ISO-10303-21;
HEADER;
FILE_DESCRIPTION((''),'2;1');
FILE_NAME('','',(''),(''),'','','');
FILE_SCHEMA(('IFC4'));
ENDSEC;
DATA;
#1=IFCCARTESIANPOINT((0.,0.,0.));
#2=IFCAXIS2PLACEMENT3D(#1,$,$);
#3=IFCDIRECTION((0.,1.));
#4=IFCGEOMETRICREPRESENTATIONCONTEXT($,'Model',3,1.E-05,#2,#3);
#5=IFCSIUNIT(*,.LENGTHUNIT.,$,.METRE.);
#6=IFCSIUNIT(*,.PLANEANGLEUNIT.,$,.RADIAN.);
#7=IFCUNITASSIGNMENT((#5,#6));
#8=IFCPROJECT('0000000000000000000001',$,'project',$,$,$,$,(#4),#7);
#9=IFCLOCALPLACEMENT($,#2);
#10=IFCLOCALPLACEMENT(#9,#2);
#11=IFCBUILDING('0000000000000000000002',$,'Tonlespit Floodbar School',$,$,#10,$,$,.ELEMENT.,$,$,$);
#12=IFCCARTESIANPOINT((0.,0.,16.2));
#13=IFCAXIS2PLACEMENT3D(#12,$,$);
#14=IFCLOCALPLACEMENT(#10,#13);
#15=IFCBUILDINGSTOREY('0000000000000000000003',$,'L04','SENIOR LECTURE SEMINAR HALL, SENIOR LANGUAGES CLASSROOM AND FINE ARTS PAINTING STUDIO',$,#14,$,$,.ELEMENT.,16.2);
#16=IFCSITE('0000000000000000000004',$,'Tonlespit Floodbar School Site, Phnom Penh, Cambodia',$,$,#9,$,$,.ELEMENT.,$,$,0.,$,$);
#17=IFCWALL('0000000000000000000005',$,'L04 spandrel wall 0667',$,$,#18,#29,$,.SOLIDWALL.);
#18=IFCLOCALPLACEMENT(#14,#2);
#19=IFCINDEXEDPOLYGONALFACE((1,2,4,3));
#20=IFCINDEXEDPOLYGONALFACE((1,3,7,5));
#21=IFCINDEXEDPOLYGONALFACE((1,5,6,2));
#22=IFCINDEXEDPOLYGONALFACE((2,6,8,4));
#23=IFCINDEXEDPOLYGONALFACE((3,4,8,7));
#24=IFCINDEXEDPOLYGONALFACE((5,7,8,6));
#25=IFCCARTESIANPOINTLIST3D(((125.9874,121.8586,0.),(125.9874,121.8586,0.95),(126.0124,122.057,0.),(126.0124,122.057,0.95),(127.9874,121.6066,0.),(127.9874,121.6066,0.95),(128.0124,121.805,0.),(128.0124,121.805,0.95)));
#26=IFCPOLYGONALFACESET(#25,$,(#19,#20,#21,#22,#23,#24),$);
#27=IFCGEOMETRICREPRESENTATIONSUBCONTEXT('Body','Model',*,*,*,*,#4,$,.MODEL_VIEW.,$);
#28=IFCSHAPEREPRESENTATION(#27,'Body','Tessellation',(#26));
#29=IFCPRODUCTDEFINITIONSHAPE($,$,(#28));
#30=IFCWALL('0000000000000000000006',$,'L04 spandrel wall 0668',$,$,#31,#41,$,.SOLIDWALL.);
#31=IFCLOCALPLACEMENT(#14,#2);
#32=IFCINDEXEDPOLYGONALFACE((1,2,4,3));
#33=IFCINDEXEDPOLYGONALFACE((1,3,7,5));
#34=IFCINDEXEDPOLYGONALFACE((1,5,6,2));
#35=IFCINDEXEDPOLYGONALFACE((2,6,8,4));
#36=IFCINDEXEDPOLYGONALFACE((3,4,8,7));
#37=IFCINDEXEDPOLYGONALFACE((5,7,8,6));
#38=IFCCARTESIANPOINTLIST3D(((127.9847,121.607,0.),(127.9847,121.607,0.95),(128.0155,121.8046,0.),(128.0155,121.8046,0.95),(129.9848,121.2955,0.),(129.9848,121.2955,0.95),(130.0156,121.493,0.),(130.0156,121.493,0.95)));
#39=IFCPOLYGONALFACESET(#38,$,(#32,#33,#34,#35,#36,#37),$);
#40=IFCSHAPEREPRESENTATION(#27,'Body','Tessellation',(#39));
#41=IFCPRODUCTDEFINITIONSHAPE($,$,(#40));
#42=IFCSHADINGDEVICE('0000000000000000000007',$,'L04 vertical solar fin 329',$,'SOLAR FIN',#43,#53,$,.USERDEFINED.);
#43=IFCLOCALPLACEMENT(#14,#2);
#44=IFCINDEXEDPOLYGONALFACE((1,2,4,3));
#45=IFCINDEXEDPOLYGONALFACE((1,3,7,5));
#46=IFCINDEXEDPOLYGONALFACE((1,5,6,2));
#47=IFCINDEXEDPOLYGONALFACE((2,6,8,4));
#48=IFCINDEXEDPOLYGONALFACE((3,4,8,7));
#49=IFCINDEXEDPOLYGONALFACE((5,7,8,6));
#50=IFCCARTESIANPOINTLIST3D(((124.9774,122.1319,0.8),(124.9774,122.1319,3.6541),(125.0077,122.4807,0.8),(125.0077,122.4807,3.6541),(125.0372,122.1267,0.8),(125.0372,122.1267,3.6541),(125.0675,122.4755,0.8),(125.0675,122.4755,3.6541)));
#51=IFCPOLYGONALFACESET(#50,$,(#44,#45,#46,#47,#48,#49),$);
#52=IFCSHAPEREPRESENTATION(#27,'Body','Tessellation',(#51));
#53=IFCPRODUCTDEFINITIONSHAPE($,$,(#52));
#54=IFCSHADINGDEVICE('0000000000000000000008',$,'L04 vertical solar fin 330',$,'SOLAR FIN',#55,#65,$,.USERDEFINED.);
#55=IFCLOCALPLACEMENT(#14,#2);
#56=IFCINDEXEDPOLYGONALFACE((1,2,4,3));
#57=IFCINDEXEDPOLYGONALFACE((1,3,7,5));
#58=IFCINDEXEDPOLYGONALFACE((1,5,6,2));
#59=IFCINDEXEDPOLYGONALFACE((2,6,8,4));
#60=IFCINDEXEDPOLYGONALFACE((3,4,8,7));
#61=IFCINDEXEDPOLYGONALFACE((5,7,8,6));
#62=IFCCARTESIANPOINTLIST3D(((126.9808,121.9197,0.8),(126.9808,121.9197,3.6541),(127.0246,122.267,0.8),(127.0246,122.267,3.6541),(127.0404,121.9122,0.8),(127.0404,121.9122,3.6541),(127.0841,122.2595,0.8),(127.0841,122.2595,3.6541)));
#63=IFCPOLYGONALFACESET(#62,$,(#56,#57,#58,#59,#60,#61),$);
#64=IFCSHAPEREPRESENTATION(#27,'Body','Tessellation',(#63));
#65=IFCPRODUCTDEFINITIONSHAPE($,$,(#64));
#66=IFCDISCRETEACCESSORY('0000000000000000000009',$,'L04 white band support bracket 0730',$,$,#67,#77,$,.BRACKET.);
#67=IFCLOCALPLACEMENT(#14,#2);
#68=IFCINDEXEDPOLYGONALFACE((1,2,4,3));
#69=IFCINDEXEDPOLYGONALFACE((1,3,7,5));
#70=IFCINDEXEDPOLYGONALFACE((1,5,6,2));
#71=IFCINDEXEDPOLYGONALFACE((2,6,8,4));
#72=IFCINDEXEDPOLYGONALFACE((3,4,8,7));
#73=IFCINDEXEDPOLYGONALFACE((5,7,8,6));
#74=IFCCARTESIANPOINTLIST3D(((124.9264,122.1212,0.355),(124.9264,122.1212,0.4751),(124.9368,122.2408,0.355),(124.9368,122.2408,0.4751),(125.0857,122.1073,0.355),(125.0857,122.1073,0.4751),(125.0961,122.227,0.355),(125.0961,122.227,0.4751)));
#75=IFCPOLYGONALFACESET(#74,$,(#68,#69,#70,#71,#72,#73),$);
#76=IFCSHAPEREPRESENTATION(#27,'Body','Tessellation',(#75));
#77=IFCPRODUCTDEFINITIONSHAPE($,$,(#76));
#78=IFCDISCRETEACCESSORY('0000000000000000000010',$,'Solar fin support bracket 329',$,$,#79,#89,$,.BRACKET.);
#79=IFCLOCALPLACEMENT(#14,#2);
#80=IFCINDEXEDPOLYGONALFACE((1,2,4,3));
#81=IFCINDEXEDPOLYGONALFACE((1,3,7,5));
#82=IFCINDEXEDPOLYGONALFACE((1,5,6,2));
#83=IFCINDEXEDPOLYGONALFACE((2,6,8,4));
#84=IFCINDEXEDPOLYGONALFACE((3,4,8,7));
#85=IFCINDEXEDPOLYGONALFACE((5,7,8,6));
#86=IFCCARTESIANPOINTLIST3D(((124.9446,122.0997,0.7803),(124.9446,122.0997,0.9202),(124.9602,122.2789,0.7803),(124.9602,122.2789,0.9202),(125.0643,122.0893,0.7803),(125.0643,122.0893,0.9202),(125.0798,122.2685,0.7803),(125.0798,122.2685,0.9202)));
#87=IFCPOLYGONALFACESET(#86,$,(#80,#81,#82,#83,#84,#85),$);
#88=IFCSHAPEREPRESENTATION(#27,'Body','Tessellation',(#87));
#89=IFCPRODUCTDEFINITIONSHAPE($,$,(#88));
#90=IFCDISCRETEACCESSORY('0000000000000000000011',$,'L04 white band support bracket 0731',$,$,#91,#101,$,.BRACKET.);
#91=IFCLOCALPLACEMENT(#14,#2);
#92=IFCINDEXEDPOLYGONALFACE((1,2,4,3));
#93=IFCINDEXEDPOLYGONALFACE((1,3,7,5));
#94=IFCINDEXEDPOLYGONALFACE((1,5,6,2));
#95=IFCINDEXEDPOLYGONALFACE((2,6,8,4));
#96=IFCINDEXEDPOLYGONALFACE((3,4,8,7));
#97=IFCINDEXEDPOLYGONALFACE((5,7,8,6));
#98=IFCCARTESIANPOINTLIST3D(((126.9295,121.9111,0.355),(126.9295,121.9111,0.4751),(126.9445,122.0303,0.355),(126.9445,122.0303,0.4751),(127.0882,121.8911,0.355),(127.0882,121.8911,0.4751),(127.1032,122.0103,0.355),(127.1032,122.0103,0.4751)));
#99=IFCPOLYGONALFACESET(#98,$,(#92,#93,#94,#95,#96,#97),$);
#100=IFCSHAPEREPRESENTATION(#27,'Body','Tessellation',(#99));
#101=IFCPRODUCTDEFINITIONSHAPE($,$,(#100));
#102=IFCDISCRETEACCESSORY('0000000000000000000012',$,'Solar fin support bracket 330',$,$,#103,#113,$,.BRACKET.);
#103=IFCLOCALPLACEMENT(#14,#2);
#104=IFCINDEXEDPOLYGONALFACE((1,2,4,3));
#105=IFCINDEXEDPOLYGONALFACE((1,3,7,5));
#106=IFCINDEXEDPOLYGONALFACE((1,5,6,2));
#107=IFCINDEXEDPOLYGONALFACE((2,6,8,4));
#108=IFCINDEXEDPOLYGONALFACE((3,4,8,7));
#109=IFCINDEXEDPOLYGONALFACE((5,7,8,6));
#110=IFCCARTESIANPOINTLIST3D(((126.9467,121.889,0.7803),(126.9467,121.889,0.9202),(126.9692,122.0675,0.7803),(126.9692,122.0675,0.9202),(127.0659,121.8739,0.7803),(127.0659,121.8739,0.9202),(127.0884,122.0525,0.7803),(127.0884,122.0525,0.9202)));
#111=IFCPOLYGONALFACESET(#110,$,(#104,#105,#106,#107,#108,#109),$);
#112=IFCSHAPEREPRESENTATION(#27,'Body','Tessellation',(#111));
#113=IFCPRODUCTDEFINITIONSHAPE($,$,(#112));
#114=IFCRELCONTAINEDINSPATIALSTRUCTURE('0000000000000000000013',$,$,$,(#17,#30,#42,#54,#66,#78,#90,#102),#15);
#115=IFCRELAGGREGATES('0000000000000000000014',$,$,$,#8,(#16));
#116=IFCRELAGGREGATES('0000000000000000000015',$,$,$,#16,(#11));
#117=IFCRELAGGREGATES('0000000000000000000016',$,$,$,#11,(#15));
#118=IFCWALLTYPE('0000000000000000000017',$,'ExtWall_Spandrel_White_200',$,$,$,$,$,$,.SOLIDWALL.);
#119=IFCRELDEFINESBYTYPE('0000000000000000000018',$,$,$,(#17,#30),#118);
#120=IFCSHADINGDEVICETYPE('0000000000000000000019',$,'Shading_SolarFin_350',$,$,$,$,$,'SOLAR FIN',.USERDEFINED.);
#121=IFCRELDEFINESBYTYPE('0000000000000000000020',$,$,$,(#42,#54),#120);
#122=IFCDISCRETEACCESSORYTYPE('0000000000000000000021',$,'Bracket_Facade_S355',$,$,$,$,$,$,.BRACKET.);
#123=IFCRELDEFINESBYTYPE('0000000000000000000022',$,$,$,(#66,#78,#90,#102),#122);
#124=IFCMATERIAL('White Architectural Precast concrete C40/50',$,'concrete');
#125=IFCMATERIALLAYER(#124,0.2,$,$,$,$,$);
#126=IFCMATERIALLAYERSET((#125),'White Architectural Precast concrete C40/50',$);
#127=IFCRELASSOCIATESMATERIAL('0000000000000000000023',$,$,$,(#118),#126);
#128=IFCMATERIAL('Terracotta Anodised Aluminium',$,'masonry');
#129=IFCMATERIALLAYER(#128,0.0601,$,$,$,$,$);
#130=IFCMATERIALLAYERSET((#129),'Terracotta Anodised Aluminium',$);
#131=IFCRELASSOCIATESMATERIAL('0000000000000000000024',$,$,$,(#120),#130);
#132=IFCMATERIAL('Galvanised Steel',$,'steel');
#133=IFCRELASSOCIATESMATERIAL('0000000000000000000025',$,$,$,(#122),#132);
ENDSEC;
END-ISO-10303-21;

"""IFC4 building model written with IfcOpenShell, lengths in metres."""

from ifc_helpers import new_model, si_unit, direction, frame, frame_2d, origin, origin_2d, place, context, subcontext, project, spatial, rectangle, extrude, material, layer, layer_set, type_object, element, save


model = new_model("IFC4")

# Units and contexts
model_context = context("Model", 3, precision=1e-05, world=origin(), true_north=direction((0.0, 1.0)))
body_context = subcontext(model_context, "Body", "Model", "MODEL_VIEW")
ifc_project = project(units=[si_unit("LENGTHUNIT", "METRE"), si_unit("PLANEANGLEUNIT", "RADIAN")], contexts=[model_context])

# Site, building, storey
site_placement = place(None, origin())
site = spatial("IfcSite", under=ifc_project, at=site_placement, Name="Tonlespit Floodbar School Site, Phnom Penh, Cambodia", CompositionType="ELEMENT", RefElevation=0.0)
building_placement = place(site_placement, origin())
building = spatial("IfcBuilding", under=site, at=building_placement, Name="Tonlespit Floodbar School", CompositionType="ELEMENT")
storey_placement = place(building_placement, frame((0.0, 0.0, 16.2)))
storey = spatial("IfcBuildingStorey", under=building, at=storey_placement, Name="L04", Description="SENIOR LECTURE SEMINAR HALL, SENIOR LANGUAGES CLASSROOM AND FINE ARTS PAINTING STUDIO", CompositionType="ELEMENT", Elevation=16.2)

# Walls
ifc_material_1 = material(Name="White Architectural Precast concrete C40/50", Category="concrete")
ifc_layer_1 = layer(ifc_material_1, 0.2)
ifc_layer_set_1 = layer_set([ifc_layer_1], Name="White Architectural Precast concrete C40/50")
wall_type = type_object("IfcWallType", Name="ExtWall_Spandrel_White_200", PredefinedType="SOLIDWALL", material=ifc_layer_set_1)
wall_1_placement = place(storey_placement, frame((126.0, 121.9578, 0.0), z_axis=(0.0, 0.0, 1.0), x_axis=(0.992158, -0.124989, 0.0)))
element("IfcWall", 1, at=wall_1_placement, inside=storey, type_object=wall_type, Name="L04 spandrel wall 0667", PredefinedType="SOLIDWALL", context=body_context, shape_type="SweptSolid", body=[
    extrude(rectangle(XDim=2.0159, YDim=0.2, at=frame_2d((1.0078, 0.0))), origin(), (0.0, 0.0, 1.0), 0.95),
])
wall_2_placement = place(storey_placement, frame((128.0, 121.7058, 0.0), z_axis=(0.0, 0.0, 1.0), x_axis=(0.988086, -0.153906, 0.0)))
element("IfcWall", 2, at=wall_2_placement, inside=storey, type_object=wall_type, Name="L04 spandrel wall 0668", PredefinedType="SOLIDWALL", context=body_context, shape_type="SweptSolid", body=[
    extrude(rectangle(XDim=2.0242, YDim=0.2, at=frame_2d((1.0122, 0.0))), origin(), (0.0, 0.0, 1.0), 0.95),
])

# Shading devices
ifc_material_2 = material(Name="Terracotta Anodised Aluminium", Category="masonry")
ifc_layer_2 = layer(ifc_material_2, 0.0601)
ifc_layer_set_2 = layer_set([ifc_layer_2], Name="Terracotta Anodised Aluminium")
shading_device_type = type_object("IfcShadingDeviceType", Name="Shading_SolarFin_350", ElementType="SOLAR FIN", PredefinedType="USERDEFINED", material=ifc_layer_set_2)
for number, where, z_axis, x_axis, name in (
    (3, (125.0225, 122.3037, 0.8), (0.0, 0.0, 1.0), (0.996245, -0.086573, 0.0), "L04 vertical solar fin 329"),
    (4, (127.0325, 122.0896, 0.8), (0.0, 0.0, 1.0), (0.992155, -0.125011, 0.0), "L04 vertical solar fin 330"),
):
    element("IfcShadingDevice", number, at=place(storey_placement, frame(where, z_axis=z_axis, x_axis=x_axis)), inside=storey, type_object=shading_device_type, Name=name, ObjectType="SOLAR FIN", PredefinedType="USERDEFINED", context=body_context, shape_type="SweptSolid", body=[
        extrude(rectangle(XDim=0.0601, YDim=0.3501, at=origin_2d()), origin(), (0.0, 0.0, 1.0), 2.854),
    ])

# Discrete accessories
ifc_material_3 = material(Name="Galvanised Steel", Category="steel")
discrete_accessory_type = type_object("IfcDiscreteAccessoryType", Name="Bracket_Facade_S355", PredefinedType="BRACKET", material=ifc_material_3)
discrete_accessory_1_placement = place(storey_placement, frame((125.0112, 122.1741, 0.355), z_axis=(0.0, 0.0, 1.0), x_axis=(0.996245, -0.086573, 0.0)))
element("IfcDiscreteAccessory", 5, at=discrete_accessory_1_placement, inside=storey, type_object=discrete_accessory_type, Name="L04 white band support bracket 0730", PredefinedType="BRACKET", context=body_context, shape_type="SweptSolid", body=[
    extrude(rectangle(XDim=0.1599, YDim=0.1201, at=origin_2d()), origin(), (0.0, 0.0, 1.0), 0.1201),
])
discrete_accessory_2_placement = place(storey_placement, frame((125.0122, 122.1841, 0.7803), z_axis=(0.0, 0.0, 1.0), x_axis=(0.996245, -0.086573, 0.0)))
element("IfcDiscreteAccessory", 6, at=discrete_accessory_2_placement, inside=storey, type_object=discrete_accessory_type, Name="Solar fin support bracket 329", PredefinedType="BRACKET", context=body_context, shape_type="SweptSolid", body=[
    extrude(rectangle(XDim=0.1201, YDim=0.1799, at=origin_2d()), origin(), (0.0, 0.0, 1.0), 0.1399),
])
discrete_accessory_3_placement = place(storey_placement, frame((127.0164, 121.9607, 0.355), z_axis=(0.0, 0.0, 1.0), x_axis=(0.992155, -0.125011, 0.0)))
element("IfcDiscreteAccessory", 7, at=discrete_accessory_3_placement, inside=storey, type_object=discrete_accessory_type, Name="L04 white band support bracket 0731", PredefinedType="BRACKET", context=body_context, shape_type="SweptSolid", body=[
    extrude(rectangle(XDim=0.1599, YDim=0.1201, at=origin_2d()), origin(), (0.0, 0.0, 1.0), 0.1201),
])
discrete_accessory_4_placement = place(storey_placement, frame((127.0176, 121.9707, 0.7803), z_axis=(0.0, 0.0, 1.0), x_axis=(0.992155, -0.125011, 0.0)))
element("IfcDiscreteAccessory", 8, at=discrete_accessory_4_placement, inside=storey, type_object=discrete_accessory_type, Name="Solar fin support bracket 330", PredefinedType="BRACKET", context=body_context, shape_type="SweptSolid", body=[
    extrude(rectangle(XDim=0.1201, YDim=0.1799, at=origin_2d()), origin(), (0.0, 0.0, 1.0), 0.1399),
])

save(model, "model.ifc")
